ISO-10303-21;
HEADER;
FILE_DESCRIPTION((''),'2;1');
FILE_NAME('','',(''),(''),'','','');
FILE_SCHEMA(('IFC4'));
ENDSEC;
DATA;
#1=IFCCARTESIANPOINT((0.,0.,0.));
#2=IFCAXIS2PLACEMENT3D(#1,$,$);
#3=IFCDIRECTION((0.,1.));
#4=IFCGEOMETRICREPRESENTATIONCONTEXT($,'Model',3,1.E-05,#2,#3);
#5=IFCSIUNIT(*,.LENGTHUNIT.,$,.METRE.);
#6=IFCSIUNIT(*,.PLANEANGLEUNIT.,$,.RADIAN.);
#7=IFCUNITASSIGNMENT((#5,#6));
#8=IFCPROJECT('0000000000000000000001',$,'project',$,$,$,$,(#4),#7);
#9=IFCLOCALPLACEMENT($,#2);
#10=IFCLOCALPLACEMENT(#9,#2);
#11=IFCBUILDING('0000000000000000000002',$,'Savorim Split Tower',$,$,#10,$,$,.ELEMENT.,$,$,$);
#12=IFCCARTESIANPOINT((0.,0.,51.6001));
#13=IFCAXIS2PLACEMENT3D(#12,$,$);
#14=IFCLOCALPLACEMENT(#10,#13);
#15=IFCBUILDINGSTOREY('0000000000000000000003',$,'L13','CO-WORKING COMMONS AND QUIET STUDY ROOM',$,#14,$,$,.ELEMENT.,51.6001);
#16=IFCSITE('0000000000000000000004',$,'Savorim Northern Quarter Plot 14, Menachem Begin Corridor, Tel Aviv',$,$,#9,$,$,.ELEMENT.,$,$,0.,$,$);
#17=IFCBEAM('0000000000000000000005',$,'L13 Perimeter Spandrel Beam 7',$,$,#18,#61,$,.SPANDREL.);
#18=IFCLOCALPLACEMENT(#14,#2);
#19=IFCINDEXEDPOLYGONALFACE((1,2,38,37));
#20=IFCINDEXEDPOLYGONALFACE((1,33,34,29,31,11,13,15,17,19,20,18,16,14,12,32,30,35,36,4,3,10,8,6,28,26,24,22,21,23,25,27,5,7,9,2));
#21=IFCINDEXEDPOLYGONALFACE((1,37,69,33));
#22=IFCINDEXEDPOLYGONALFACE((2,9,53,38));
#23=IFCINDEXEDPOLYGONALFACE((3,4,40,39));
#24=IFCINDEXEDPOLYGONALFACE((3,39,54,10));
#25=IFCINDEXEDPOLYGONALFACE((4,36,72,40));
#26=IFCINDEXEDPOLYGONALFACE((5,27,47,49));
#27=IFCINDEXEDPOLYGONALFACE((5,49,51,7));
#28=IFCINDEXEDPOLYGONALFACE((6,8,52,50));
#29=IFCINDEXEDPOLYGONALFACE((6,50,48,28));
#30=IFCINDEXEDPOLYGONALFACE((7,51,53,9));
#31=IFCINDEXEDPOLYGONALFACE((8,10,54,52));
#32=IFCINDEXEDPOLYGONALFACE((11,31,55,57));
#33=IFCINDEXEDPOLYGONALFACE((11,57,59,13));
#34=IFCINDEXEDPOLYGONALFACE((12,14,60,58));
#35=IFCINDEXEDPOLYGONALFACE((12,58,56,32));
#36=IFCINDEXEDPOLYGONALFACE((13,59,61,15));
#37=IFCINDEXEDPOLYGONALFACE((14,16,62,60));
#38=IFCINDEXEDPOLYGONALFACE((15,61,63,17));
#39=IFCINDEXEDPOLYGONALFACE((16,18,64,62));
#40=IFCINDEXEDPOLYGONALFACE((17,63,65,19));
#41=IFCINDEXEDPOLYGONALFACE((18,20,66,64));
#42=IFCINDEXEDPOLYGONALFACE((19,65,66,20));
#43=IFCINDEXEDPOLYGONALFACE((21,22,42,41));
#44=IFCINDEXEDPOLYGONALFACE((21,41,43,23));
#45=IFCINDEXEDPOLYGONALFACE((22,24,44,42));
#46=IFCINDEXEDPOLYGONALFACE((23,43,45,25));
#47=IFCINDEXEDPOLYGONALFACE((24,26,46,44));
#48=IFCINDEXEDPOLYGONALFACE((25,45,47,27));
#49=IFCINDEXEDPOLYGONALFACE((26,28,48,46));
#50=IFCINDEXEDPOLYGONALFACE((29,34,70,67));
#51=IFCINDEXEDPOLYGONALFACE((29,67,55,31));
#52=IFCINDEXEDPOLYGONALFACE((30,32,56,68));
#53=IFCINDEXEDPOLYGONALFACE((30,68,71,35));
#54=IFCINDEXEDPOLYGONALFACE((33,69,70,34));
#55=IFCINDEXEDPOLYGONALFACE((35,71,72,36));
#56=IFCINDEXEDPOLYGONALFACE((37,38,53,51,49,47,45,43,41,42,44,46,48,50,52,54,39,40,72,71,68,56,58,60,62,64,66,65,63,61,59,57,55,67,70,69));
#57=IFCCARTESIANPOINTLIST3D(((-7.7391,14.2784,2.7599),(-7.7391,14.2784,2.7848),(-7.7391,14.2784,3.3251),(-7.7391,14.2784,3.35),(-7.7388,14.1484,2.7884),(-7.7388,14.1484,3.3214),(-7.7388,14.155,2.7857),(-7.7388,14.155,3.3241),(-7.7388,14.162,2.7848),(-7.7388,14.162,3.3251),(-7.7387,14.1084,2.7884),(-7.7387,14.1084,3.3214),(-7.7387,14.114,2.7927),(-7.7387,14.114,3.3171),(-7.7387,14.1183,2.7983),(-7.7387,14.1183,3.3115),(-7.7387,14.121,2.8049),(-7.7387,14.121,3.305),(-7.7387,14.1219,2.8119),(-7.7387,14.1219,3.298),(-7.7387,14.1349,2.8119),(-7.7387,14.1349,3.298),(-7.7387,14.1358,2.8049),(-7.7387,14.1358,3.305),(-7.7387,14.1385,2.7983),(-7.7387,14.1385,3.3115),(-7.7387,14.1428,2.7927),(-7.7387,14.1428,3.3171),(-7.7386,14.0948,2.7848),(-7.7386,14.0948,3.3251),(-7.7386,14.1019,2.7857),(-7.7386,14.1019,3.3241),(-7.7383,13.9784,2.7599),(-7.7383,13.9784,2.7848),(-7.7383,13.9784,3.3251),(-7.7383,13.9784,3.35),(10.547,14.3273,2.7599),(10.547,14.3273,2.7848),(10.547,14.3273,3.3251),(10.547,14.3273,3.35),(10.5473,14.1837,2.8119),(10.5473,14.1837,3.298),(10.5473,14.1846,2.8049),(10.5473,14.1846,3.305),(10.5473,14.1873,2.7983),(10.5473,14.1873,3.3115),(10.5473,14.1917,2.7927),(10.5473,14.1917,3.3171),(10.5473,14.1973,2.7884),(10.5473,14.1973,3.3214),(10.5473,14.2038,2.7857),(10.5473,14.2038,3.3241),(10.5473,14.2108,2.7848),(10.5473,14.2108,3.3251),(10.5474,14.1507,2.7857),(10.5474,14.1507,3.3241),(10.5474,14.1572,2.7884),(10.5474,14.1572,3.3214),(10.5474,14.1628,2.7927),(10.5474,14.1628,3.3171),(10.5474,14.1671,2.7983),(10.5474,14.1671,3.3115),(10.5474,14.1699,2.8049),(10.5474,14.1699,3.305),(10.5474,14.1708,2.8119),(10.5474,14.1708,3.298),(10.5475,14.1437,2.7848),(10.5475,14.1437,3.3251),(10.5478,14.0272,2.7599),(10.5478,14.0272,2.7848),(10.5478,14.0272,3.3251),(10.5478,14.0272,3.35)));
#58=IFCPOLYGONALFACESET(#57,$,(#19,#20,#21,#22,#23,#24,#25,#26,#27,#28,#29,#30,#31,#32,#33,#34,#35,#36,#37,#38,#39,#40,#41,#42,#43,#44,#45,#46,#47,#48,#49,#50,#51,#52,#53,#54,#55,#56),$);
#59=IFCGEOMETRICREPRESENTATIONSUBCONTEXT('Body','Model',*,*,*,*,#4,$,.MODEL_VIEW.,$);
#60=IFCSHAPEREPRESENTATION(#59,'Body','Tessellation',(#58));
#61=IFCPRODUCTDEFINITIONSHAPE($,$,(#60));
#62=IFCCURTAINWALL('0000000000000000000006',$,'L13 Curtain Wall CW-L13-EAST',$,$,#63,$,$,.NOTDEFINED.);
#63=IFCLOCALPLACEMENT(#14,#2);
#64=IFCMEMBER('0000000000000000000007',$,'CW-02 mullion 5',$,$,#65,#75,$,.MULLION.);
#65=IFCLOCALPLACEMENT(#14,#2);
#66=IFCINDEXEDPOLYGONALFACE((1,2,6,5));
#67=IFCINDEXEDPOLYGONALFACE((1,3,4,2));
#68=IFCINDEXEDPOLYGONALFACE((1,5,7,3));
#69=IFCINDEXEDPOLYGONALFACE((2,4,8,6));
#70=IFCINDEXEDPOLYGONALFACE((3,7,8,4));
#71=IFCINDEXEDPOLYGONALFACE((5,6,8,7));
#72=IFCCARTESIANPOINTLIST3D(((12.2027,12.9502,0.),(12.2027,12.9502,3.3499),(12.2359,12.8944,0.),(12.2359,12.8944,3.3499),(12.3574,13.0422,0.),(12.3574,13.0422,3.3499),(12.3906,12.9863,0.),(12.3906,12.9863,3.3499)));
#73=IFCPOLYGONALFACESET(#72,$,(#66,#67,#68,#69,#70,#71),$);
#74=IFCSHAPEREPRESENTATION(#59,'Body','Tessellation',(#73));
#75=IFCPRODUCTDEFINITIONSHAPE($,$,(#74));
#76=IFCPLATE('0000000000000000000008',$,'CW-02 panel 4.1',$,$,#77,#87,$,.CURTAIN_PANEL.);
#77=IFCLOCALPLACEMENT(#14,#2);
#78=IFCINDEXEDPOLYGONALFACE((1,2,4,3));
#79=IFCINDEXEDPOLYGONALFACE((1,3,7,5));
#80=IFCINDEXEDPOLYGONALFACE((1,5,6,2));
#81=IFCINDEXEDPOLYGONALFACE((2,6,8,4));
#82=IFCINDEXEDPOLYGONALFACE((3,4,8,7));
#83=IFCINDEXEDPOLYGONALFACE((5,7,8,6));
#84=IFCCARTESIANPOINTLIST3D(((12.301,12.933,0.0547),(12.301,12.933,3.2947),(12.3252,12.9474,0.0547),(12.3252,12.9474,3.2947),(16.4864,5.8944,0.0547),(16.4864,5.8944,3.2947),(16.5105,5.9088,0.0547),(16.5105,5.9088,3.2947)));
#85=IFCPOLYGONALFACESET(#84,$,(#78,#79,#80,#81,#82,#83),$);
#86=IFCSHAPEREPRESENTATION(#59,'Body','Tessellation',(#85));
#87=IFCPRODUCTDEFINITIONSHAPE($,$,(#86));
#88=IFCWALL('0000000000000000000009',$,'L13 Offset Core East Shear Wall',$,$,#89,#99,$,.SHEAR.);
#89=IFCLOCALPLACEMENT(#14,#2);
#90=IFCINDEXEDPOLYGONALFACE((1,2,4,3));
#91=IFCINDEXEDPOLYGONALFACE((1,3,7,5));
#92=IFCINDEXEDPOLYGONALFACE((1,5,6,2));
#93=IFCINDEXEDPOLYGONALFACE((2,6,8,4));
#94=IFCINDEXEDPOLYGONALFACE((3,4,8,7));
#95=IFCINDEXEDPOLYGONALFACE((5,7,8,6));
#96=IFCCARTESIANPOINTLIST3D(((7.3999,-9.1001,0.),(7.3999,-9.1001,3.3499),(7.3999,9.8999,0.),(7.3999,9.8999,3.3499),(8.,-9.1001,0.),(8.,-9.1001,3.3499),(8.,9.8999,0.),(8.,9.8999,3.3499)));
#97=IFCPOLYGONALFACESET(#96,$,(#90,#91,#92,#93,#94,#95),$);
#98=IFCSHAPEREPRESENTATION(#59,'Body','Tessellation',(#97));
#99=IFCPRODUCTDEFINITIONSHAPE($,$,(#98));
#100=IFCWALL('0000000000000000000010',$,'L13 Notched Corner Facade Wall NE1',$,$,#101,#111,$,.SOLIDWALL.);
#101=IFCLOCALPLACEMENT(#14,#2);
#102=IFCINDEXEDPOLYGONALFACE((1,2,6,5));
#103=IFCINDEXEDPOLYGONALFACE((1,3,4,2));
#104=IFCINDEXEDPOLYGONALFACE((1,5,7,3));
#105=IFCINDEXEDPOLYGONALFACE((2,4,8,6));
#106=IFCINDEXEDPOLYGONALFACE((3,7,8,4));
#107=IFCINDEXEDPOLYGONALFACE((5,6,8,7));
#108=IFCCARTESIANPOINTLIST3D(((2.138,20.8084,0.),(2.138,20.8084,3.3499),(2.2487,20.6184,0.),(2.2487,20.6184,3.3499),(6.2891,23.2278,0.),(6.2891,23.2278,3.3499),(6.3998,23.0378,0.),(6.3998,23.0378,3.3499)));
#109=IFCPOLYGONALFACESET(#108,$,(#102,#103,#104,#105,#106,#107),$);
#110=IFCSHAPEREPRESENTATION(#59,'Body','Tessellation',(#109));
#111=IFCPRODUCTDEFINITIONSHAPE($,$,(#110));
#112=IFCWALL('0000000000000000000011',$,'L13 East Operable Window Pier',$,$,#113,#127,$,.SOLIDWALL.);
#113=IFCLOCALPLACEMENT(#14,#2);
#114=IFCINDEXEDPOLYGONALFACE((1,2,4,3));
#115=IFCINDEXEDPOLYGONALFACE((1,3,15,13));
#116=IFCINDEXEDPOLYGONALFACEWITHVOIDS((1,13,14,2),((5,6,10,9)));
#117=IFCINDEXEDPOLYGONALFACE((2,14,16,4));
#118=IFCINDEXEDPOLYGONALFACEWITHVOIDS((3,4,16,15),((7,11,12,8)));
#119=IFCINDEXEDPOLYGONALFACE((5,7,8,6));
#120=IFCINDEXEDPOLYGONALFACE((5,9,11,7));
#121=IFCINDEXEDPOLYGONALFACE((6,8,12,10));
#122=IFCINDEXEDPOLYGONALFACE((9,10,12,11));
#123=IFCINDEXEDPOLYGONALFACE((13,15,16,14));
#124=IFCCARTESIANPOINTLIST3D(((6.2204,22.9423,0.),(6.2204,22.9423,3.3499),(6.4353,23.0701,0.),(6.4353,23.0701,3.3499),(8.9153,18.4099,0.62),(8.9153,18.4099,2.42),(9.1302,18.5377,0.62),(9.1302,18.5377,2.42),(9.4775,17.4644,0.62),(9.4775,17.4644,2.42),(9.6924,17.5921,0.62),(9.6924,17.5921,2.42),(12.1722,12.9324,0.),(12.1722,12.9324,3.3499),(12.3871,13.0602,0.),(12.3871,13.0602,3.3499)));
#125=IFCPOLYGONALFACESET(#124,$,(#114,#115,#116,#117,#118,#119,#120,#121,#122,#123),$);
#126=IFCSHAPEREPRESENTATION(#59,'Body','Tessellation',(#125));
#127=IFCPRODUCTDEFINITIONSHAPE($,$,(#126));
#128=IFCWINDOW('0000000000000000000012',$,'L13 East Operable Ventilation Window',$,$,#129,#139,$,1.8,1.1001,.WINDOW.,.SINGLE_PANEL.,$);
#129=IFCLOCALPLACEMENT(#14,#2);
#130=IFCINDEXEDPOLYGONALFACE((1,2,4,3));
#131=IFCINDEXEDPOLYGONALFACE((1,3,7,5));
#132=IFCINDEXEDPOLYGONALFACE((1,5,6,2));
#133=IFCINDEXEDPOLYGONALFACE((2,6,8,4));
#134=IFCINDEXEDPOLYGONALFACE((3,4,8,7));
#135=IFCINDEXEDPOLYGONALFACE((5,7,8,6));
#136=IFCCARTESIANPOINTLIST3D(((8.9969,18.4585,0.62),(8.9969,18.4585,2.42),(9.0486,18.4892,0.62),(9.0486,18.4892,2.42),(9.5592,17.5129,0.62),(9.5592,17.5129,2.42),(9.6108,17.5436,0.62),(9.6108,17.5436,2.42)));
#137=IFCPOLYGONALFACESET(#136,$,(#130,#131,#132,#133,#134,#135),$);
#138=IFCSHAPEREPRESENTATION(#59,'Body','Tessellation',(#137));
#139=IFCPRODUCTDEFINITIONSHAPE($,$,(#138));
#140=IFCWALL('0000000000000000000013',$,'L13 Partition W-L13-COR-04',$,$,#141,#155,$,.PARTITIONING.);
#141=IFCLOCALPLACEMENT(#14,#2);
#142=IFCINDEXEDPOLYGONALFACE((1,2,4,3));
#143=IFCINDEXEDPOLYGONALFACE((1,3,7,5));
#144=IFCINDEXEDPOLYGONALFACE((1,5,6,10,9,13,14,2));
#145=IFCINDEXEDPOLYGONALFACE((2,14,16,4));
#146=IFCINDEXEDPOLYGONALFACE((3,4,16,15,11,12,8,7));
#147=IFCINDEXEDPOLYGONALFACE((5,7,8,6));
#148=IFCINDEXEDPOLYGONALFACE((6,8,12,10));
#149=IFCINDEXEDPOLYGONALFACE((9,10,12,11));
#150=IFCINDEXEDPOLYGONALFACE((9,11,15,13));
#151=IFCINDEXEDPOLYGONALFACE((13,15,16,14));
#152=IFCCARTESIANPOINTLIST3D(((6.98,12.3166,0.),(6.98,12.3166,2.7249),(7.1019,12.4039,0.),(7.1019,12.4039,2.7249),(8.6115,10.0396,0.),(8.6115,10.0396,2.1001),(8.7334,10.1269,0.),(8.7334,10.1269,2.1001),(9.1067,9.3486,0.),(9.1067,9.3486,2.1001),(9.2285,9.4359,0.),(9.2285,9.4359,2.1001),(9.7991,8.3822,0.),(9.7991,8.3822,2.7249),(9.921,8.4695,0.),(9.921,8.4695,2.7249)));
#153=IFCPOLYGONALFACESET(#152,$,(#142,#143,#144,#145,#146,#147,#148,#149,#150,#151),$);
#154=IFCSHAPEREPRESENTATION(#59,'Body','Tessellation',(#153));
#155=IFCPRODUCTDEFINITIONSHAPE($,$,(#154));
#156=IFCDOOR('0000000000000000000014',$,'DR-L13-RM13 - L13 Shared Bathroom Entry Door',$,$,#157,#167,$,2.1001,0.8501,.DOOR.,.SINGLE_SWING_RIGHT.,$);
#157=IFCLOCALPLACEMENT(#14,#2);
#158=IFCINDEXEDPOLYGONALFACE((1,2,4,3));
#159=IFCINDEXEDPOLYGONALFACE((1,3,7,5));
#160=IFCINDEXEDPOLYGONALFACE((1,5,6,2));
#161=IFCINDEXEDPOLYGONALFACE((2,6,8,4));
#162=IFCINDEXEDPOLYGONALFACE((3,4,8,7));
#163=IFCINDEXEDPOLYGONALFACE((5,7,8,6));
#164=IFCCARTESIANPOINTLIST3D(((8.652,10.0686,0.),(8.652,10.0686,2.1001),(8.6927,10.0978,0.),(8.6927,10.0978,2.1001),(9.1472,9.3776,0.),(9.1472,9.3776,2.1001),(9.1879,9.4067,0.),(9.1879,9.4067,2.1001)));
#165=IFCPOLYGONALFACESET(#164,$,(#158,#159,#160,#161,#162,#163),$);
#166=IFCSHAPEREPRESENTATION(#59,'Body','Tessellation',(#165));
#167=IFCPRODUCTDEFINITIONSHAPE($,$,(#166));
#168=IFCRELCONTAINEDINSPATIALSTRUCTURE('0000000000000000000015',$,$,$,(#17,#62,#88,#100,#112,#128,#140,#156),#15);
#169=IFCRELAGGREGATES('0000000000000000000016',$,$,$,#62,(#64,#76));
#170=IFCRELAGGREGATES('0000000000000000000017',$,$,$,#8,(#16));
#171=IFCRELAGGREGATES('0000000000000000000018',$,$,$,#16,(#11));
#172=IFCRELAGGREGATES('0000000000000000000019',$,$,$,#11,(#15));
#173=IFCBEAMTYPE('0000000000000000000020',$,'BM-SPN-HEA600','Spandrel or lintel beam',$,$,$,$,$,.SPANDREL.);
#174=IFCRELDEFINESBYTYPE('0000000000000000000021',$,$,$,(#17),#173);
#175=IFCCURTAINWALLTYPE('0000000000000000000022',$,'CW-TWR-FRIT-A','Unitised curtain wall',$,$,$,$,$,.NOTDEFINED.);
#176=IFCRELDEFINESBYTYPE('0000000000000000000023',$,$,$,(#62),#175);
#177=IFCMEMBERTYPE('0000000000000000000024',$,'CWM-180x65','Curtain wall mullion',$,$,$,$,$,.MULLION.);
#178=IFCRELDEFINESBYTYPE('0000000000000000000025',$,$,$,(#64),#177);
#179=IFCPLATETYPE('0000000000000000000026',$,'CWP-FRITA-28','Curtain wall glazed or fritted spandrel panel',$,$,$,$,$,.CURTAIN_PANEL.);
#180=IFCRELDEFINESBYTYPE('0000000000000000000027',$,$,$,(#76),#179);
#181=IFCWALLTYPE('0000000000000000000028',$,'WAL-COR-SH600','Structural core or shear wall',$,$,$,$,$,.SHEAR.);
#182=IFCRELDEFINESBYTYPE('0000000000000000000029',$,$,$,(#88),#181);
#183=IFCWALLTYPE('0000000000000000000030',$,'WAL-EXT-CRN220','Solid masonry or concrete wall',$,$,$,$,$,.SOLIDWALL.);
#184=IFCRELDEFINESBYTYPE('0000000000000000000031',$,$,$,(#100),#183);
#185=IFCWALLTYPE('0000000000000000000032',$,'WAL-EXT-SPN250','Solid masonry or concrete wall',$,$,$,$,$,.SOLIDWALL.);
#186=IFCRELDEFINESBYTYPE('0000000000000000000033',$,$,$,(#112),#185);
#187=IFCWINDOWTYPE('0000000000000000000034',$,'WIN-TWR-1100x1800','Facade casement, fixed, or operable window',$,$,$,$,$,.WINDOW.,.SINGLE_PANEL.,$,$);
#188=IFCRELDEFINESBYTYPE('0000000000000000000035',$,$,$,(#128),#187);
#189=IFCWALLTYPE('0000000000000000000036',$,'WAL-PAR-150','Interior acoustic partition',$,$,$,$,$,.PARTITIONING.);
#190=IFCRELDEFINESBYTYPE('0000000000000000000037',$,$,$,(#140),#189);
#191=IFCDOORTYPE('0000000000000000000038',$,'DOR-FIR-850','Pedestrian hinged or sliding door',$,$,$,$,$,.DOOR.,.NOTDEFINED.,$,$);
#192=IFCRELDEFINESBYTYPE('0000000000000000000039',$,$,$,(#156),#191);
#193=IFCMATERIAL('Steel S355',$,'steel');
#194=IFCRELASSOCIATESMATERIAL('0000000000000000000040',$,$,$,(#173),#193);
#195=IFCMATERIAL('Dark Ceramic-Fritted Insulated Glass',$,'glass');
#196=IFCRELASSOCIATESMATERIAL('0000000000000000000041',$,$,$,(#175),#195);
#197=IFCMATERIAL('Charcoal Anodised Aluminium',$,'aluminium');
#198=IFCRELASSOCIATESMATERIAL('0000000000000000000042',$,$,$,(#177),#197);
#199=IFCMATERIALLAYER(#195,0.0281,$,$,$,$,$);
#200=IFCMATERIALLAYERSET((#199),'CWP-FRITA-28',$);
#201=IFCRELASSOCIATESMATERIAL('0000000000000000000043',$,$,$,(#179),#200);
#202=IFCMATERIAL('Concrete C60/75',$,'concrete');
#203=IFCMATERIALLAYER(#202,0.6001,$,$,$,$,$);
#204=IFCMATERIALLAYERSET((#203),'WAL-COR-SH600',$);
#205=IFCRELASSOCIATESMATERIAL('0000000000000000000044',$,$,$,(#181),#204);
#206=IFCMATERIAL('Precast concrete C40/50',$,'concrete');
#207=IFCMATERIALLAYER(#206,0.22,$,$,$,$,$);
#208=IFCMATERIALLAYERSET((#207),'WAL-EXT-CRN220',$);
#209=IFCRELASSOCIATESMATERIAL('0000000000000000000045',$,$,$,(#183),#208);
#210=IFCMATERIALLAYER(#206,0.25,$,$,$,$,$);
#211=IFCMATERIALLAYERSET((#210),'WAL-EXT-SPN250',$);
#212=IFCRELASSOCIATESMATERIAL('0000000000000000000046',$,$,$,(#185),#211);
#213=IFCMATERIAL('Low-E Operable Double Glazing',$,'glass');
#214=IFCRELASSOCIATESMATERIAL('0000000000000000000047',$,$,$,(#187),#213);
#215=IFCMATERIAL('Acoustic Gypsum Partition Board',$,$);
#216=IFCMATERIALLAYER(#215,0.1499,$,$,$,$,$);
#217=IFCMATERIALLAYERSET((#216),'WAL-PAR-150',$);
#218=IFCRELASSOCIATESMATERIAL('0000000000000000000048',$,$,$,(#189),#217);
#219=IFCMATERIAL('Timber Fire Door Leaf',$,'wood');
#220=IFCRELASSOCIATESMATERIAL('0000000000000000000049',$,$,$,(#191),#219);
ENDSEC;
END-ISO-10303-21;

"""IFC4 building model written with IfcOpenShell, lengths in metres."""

from ifc_helpers import new_model, si_unit, direction, frame, frame_2d, origin, origin_2d, place, context, subcontext, project, spatial, rectangle, i_section, extrude, material, layer, layer_set, material_profile, profile_set, type_object, element, fill, aggregate, save


model = new_model("IFC4")

# Units and contexts
model_context = context("Model", 3, precision=1e-05, world=origin(), true_north=direction((0.0, 1.0)))
body_context = subcontext(model_context, "Body", "Model", "MODEL_VIEW")
ifc_project = project(units=[si_unit("LENGTHUNIT", "METRE"), si_unit("PLANEANGLEUNIT", "RADIAN")], contexts=[model_context])

# Site, building, storey
site_placement = place(None, origin())
site = spatial("IfcSite", under=ifc_project, at=site_placement, Name="Savorim Northern Quarter Plot 14, Menachem Begin Corridor, Tel Aviv", CompositionType="ELEMENT", RefElevation=0.0)
building_placement = place(site_placement, origin())
building = spatial("IfcBuilding", under=site, at=building_placement, Name="Savorim Split Tower", CompositionType="ELEMENT")
storey_placement = place(building_placement, frame((0.0, 0.0, 51.6001)))
storey = spatial("IfcBuildingStorey", under=building, at=storey_placement, Name="L13", Description="CO-WORKING COMMONS AND QUIET STUDY ROOM", CompositionType="ELEMENT", Elevation=51.6001)

# Beam
ifc_material_1 = material(Name="Steel S355", Category="steel")
ifc_material_profile_1 = material_profile(ifc_material_1, i_section(OverallWidth=0.3, OverallDepth=0.5901, WebThickness=0.0129, FlangeThickness=0.0249, FilletRadius=0.0271, at=origin_2d()), Name="HEA 600")
ifc_profile_set_1 = profile_set([ifc_material_profile_1], Name="Steel S355")
beam_type_1 = type_object("IfcBeamType", Name="BM-SPN-HEA600", Description="Spandrel or lintel beam", PredefinedType="SPANDREL", material=ifc_profile_set_1)
beam_1_placement = place(storey_placement, frame((10.5474, 14.1772, 3.0549), z_axis=(-0.999996, -0.00267, 0.0), x_axis=(0.00267, -0.999996, 0.0)))
element("IfcBeam", 1, at=beam_1_placement, inside=storey, type_object=beam_type_1, Name="L13 Perimeter Spandrel Beam 7", PredefinedType="SPANDREL", context=body_context, shape_type="SweptSolid", body=[
    extrude(i_section(OverallWidth=0.3, OverallDepth=0.5901, WebThickness=0.0129, FlangeThickness=0.0249, FilletRadius=0.0271, at=origin_2d()), origin(), (0.0, 0.0, 1.0), 18.2861),
])

# Curtain wall, member, plate
ifc_material_2 = material(Name="Dark Ceramic-Fritted Insulated Glass", Category="glass")
curtain_wall_type = type_object("IfcCurtainWallType", Name="CW-TWR-FRIT-A", Description="Unitised curtain wall", PredefinedType="NOTDEFINED", material=ifc_material_2)
curtain_wall_placement = place(storey_placement, origin())
curtain_wall = element("IfcCurtainWall", 2, at=curtain_wall_placement, inside=storey, type_object=curtain_wall_type, Name="L13 Curtain Wall CW-L13-EAST", PredefinedType="NOTDEFINED")
ifc_material_3 = material(Name="Charcoal Anodised Aluminium", Category="aluminium")
ifc_material_profile_2 = material_profile(ifc_material_3, rectangle(XDim=0.1799, YDim=0.0649, at=origin_2d()), Name="ALU-M 180x65")
ifc_profile_set_2 = profile_set([ifc_material_profile_2], Name="Charcoal Anodised Aluminium")
member_type = type_object("IfcMemberType", Name="CWM-180x65", Description="Curtain wall mullion", PredefinedType="MULLION", material=ifc_profile_set_2)
member_placement = place(storey_placement, frame((12.2966, 12.9683, 0.0), z_axis=(0.0, 0.0, 1.0), x_axis=(-0.859526, -0.511092, 0.0)))
member = element("IfcMember", 3, at=member_placement, type_object=member_type, Name="CW-02 mullion 5", PredefinedType="MULLION", context=body_context, shape_type="SweptSolid", body=[
    extrude(rectangle(XDim=0.1799, YDim=0.0649, at=origin_2d()), origin(), (0.0, 0.0, 1.0), 3.3499),
])
ifc_layer_1 = layer(ifc_material_2, 0.0281)
ifc_layer_set_1 = layer_set([ifc_layer_1], Name="CWP-FRITA-28")
plate_type = type_object("IfcPlateType", Name="CWP-FRITA-28", Description="Curtain wall glazed or fritted spandrel panel", PredefinedType="CURTAIN_PANEL", material=ifc_layer_set_1)
plate_placement = place(storey_placement, frame((14.4058, 9.4209, 0.0547), z_axis=(0.0, 0.0, 1.0), x_axis=(-0.511092, 0.859526, 0.0)))
plate = element("IfcPlate", 4, at=plate_placement, type_object=plate_type, Name="CW-02 panel 4.1", PredefinedType="CURTAIN_PANEL", context=body_context, shape_type="SweptSolid", body=[
    extrude(rectangle(XDim=8.189, YDim=0.0281, at=origin_2d()), origin(), (0.0, 0.0, 1.0), 3.24),
])
aggregate(curtain_wall, [member, plate])

# Shared definitions
ifc_material_4 = material(Name="Concrete C60/75", Category="concrete")
ifc_layer_2 = layer(ifc_material_4, 0.6001)
ifc_layer_set_2 = layer_set([ifc_layer_2], Name="WAL-COR-SH600")
wall_type_1 = type_object("IfcWallType", Name="WAL-COR-SH600", Description="Structural core or shear wall", PredefinedType="SHEAR", material=ifc_layer_set_2)
ifc_material_5 = material(Name="Timber Fire Door Leaf", Category="wood")

# Walls
wall_1_placement = place(storey_placement, frame((7.7, 9.8999, 0.0), z_axis=(0.0, 0.0, 1.0), x_axis=(0.0, -1.0, 0.0)))
element("IfcWall", 5, at=wall_1_placement, inside=storey, type_object=wall_type_1, Name="L13 Offset Core East Shear Wall", PredefinedType="SHEAR", context=body_context, shape_type="SweptSolid", body=[
    extrude(rectangle(XDim=19.0, YDim=0.6001, at=frame_2d((9.5, 0.0))), origin(), (0.0, 0.0, 1.0), 3.3499),
])
ifc_material_6 = material(Name="Precast concrete C40/50", Category="concrete")
ifc_layer_3 = layer(ifc_material_6, 0.22)
ifc_layer_set_3 = layer_set([ifc_layer_3], Name="WAL-EXT-CRN220")
wall_type_2 = type_object("IfcWallType", Name="WAL-EXT-CRN220", Description="Solid masonry or concrete wall", PredefinedType="SOLIDWALL", material=ifc_layer_set_3)
wall_2_placement = place(storey_placement, frame((2.1934, 20.7134, 0.0), z_axis=(0.0, 0.0, 1.0), x_axis=(0.863965, 0.503552, 0.0)))
element("IfcWall", 6, at=wall_2_placement, inside=storey, type_object=wall_type_2, Name="L13 Notched Corner Facade Wall NE1", PredefinedType="SOLIDWALL", context=body_context, shape_type="SweptSolid", body=[
    extrude(rectangle(XDim=4.8047, YDim=0.22, at=frame_2d((2.4023, 0.0))), origin(), (0.0, 0.0, 1.0), 3.3499),
])

# Wall, opening, window
ifc_layer_4 = layer(ifc_material_6, 0.25)
ifc_layer_set_4 = layer_set([ifc_layer_4], Name="WAL-EXT-SPN250")
wall_type_3 = type_object("IfcWallType", Name="WAL-EXT-SPN250", Description="Solid masonry or concrete wall", PredefinedType="SOLIDWALL", material=ifc_layer_set_4)
wall_3_placement = place(storey_placement, frame((6.3279, 23.0061, 0.0), z_axis=(0.0, 0.0, 1.0), x_axis=(0.511076, -0.859536, 0.0)))
wall_3 = element("IfcWall", 7, at=wall_3_placement, inside=storey, type_object=wall_type_3, Name="L13 East Operable Window Pier", PredefinedType="SOLIDWALL", context=body_context, shape_type="SweptSolid", body=[
    extrude(rectangle(XDim=11.6458, YDim=0.25, at=frame_2d((5.8228, 0.0))), origin(), (0.0, 0.0, 1.0), 3.3499),
])
opening_1_placement = place(wall_3_placement, frame((5.2729, 0.0, 0.6201)))
opening_1 = element("IfcOpeningElement", 8, at=opening_1_placement, cuts=wall_3, PredefinedType="OPENING", context=body_context, shape_type="SweptSolid", body=[
    extrude(rectangle(XDim=1.1001, YDim=1.8, at=frame_2d((0.55, 0.8999))), frame((0.0, 0.135, 0.0), z_axis=(0.0, -1.0, 0.0), x_axis=(1.0, 0.0, 0.0)), (0.0, 0.0, 1.0), 0.27),
])
ifc_material_7 = material(Name="Low-E Operable Double Glazing", Category="glass")
window_type = type_object("IfcWindowType", Name="WIN-TWR-1100x1800", Description="Facade casement, fixed, or operable window", PartitioningType="SINGLE_PANEL", PredefinedType="WINDOW", material=ifc_material_7)
window_placement = place(opening_1_placement, origin())
window = element("IfcWindow", 9, at=window_placement, inside=storey, type_object=window_type, Name="L13 East Operable Ventilation Window", OverallHeight=1.8, OverallWidth=1.1001, PartitioningType="SINGLE_PANEL", PredefinedType="WINDOW", context=body_context, shape_type="SweptSolid", body=[
    extrude(rectangle(XDim=1.1001, YDim=1.8, at=frame_2d((0.55, 0.8999))), frame((0.0, 0.03, 0.0), z_axis=(0.0, -1.0, 0.0), x_axis=(1.0, 0.0, 0.0)), (0.0, 0.0, 1.0), 0.0601),
])
fill(opening_1, window)

# Wall, opening, door
ifc_material_8 = material(Name="Acoustic Gypsum Partition Board")
ifc_layer_5 = layer(ifc_material_8, 0.1499)
ifc_layer_set_5 = layer_set([ifc_layer_5], Name="WAL-PAR-150")
wall_type_4 = type_object("IfcWallType", Name="WAL-PAR-150", Description="Interior acoustic partition", PredefinedType="PARTITIONING", material=ifc_layer_set_5)
wall_4_placement = place(storey_placement, frame((7.041, 12.3601, 0.0), z_axis=(0.0, 0.0, 1.0), x_axis=(0.58245, -0.812867, 0.0)))
wall_4 = element("IfcWall", 10, at=wall_4_placement, inside=storey, type_object=wall_type_4, Name="L13 Partition W-L13-COR-04", PredefinedType="PARTITIONING", context=body_context, shape_type="SweptSolid", body=[
    extrude(rectangle(XDim=4.8401, YDim=0.1499, at=frame_2d((2.4199, 0.0))), origin(), (0.0, 0.0, 1.0), 2.7249),
])
opening_2_placement = place(wall_4_placement, frame((2.801, 0.0, 0.0)))
opening_2 = element("IfcOpeningElement", 11, at=opening_2_placement, cuts=wall_4, PredefinedType="OPENING", context=body_context, shape_type="SweptSolid", body=[
    extrude(rectangle(XDim=0.8501, YDim=2.1001, at=frame_2d((0.425, 1.05))), frame((0.0, 0.085, 0.0), z_axis=(0.0, -1.0, 0.0), x_axis=(1.0, 0.0, 0.0)), (0.0, 0.0, 1.0), 0.1699),
])
door_type_1 = type_object("IfcDoorType", Name="DOR-FIR-850", Description="Pedestrian hinged or sliding door", OperationType="NOTDEFINED", PredefinedType="DOOR", material=ifc_material_5)
door_1_placement = place(opening_2_placement, origin())
door_1 = element("IfcDoor", 12, at=door_1_placement, inside=storey, type_object=door_type_1, Name="DR-L13-RM13 - L13 Shared Bathroom Entry Door", OperationType="SINGLE_SWING_RIGHT", OverallHeight=2.1001, OverallWidth=0.8501, PredefinedType="DOOR", context=body_context, shape_type="SweptSolid", body=[
    extrude(rectangle(XDim=0.8501, YDim=2.1001, at=frame_2d((0.425, 1.05))), frame((0.0, 0.0249, 0.0), z_axis=(0.0, -1.0, 0.0), x_axis=(1.0, 0.0, 0.0)), (0.0, 0.0, 1.0), 0.05),
])
fill(opening_2, door_1)

save(model, "model.ifc")
